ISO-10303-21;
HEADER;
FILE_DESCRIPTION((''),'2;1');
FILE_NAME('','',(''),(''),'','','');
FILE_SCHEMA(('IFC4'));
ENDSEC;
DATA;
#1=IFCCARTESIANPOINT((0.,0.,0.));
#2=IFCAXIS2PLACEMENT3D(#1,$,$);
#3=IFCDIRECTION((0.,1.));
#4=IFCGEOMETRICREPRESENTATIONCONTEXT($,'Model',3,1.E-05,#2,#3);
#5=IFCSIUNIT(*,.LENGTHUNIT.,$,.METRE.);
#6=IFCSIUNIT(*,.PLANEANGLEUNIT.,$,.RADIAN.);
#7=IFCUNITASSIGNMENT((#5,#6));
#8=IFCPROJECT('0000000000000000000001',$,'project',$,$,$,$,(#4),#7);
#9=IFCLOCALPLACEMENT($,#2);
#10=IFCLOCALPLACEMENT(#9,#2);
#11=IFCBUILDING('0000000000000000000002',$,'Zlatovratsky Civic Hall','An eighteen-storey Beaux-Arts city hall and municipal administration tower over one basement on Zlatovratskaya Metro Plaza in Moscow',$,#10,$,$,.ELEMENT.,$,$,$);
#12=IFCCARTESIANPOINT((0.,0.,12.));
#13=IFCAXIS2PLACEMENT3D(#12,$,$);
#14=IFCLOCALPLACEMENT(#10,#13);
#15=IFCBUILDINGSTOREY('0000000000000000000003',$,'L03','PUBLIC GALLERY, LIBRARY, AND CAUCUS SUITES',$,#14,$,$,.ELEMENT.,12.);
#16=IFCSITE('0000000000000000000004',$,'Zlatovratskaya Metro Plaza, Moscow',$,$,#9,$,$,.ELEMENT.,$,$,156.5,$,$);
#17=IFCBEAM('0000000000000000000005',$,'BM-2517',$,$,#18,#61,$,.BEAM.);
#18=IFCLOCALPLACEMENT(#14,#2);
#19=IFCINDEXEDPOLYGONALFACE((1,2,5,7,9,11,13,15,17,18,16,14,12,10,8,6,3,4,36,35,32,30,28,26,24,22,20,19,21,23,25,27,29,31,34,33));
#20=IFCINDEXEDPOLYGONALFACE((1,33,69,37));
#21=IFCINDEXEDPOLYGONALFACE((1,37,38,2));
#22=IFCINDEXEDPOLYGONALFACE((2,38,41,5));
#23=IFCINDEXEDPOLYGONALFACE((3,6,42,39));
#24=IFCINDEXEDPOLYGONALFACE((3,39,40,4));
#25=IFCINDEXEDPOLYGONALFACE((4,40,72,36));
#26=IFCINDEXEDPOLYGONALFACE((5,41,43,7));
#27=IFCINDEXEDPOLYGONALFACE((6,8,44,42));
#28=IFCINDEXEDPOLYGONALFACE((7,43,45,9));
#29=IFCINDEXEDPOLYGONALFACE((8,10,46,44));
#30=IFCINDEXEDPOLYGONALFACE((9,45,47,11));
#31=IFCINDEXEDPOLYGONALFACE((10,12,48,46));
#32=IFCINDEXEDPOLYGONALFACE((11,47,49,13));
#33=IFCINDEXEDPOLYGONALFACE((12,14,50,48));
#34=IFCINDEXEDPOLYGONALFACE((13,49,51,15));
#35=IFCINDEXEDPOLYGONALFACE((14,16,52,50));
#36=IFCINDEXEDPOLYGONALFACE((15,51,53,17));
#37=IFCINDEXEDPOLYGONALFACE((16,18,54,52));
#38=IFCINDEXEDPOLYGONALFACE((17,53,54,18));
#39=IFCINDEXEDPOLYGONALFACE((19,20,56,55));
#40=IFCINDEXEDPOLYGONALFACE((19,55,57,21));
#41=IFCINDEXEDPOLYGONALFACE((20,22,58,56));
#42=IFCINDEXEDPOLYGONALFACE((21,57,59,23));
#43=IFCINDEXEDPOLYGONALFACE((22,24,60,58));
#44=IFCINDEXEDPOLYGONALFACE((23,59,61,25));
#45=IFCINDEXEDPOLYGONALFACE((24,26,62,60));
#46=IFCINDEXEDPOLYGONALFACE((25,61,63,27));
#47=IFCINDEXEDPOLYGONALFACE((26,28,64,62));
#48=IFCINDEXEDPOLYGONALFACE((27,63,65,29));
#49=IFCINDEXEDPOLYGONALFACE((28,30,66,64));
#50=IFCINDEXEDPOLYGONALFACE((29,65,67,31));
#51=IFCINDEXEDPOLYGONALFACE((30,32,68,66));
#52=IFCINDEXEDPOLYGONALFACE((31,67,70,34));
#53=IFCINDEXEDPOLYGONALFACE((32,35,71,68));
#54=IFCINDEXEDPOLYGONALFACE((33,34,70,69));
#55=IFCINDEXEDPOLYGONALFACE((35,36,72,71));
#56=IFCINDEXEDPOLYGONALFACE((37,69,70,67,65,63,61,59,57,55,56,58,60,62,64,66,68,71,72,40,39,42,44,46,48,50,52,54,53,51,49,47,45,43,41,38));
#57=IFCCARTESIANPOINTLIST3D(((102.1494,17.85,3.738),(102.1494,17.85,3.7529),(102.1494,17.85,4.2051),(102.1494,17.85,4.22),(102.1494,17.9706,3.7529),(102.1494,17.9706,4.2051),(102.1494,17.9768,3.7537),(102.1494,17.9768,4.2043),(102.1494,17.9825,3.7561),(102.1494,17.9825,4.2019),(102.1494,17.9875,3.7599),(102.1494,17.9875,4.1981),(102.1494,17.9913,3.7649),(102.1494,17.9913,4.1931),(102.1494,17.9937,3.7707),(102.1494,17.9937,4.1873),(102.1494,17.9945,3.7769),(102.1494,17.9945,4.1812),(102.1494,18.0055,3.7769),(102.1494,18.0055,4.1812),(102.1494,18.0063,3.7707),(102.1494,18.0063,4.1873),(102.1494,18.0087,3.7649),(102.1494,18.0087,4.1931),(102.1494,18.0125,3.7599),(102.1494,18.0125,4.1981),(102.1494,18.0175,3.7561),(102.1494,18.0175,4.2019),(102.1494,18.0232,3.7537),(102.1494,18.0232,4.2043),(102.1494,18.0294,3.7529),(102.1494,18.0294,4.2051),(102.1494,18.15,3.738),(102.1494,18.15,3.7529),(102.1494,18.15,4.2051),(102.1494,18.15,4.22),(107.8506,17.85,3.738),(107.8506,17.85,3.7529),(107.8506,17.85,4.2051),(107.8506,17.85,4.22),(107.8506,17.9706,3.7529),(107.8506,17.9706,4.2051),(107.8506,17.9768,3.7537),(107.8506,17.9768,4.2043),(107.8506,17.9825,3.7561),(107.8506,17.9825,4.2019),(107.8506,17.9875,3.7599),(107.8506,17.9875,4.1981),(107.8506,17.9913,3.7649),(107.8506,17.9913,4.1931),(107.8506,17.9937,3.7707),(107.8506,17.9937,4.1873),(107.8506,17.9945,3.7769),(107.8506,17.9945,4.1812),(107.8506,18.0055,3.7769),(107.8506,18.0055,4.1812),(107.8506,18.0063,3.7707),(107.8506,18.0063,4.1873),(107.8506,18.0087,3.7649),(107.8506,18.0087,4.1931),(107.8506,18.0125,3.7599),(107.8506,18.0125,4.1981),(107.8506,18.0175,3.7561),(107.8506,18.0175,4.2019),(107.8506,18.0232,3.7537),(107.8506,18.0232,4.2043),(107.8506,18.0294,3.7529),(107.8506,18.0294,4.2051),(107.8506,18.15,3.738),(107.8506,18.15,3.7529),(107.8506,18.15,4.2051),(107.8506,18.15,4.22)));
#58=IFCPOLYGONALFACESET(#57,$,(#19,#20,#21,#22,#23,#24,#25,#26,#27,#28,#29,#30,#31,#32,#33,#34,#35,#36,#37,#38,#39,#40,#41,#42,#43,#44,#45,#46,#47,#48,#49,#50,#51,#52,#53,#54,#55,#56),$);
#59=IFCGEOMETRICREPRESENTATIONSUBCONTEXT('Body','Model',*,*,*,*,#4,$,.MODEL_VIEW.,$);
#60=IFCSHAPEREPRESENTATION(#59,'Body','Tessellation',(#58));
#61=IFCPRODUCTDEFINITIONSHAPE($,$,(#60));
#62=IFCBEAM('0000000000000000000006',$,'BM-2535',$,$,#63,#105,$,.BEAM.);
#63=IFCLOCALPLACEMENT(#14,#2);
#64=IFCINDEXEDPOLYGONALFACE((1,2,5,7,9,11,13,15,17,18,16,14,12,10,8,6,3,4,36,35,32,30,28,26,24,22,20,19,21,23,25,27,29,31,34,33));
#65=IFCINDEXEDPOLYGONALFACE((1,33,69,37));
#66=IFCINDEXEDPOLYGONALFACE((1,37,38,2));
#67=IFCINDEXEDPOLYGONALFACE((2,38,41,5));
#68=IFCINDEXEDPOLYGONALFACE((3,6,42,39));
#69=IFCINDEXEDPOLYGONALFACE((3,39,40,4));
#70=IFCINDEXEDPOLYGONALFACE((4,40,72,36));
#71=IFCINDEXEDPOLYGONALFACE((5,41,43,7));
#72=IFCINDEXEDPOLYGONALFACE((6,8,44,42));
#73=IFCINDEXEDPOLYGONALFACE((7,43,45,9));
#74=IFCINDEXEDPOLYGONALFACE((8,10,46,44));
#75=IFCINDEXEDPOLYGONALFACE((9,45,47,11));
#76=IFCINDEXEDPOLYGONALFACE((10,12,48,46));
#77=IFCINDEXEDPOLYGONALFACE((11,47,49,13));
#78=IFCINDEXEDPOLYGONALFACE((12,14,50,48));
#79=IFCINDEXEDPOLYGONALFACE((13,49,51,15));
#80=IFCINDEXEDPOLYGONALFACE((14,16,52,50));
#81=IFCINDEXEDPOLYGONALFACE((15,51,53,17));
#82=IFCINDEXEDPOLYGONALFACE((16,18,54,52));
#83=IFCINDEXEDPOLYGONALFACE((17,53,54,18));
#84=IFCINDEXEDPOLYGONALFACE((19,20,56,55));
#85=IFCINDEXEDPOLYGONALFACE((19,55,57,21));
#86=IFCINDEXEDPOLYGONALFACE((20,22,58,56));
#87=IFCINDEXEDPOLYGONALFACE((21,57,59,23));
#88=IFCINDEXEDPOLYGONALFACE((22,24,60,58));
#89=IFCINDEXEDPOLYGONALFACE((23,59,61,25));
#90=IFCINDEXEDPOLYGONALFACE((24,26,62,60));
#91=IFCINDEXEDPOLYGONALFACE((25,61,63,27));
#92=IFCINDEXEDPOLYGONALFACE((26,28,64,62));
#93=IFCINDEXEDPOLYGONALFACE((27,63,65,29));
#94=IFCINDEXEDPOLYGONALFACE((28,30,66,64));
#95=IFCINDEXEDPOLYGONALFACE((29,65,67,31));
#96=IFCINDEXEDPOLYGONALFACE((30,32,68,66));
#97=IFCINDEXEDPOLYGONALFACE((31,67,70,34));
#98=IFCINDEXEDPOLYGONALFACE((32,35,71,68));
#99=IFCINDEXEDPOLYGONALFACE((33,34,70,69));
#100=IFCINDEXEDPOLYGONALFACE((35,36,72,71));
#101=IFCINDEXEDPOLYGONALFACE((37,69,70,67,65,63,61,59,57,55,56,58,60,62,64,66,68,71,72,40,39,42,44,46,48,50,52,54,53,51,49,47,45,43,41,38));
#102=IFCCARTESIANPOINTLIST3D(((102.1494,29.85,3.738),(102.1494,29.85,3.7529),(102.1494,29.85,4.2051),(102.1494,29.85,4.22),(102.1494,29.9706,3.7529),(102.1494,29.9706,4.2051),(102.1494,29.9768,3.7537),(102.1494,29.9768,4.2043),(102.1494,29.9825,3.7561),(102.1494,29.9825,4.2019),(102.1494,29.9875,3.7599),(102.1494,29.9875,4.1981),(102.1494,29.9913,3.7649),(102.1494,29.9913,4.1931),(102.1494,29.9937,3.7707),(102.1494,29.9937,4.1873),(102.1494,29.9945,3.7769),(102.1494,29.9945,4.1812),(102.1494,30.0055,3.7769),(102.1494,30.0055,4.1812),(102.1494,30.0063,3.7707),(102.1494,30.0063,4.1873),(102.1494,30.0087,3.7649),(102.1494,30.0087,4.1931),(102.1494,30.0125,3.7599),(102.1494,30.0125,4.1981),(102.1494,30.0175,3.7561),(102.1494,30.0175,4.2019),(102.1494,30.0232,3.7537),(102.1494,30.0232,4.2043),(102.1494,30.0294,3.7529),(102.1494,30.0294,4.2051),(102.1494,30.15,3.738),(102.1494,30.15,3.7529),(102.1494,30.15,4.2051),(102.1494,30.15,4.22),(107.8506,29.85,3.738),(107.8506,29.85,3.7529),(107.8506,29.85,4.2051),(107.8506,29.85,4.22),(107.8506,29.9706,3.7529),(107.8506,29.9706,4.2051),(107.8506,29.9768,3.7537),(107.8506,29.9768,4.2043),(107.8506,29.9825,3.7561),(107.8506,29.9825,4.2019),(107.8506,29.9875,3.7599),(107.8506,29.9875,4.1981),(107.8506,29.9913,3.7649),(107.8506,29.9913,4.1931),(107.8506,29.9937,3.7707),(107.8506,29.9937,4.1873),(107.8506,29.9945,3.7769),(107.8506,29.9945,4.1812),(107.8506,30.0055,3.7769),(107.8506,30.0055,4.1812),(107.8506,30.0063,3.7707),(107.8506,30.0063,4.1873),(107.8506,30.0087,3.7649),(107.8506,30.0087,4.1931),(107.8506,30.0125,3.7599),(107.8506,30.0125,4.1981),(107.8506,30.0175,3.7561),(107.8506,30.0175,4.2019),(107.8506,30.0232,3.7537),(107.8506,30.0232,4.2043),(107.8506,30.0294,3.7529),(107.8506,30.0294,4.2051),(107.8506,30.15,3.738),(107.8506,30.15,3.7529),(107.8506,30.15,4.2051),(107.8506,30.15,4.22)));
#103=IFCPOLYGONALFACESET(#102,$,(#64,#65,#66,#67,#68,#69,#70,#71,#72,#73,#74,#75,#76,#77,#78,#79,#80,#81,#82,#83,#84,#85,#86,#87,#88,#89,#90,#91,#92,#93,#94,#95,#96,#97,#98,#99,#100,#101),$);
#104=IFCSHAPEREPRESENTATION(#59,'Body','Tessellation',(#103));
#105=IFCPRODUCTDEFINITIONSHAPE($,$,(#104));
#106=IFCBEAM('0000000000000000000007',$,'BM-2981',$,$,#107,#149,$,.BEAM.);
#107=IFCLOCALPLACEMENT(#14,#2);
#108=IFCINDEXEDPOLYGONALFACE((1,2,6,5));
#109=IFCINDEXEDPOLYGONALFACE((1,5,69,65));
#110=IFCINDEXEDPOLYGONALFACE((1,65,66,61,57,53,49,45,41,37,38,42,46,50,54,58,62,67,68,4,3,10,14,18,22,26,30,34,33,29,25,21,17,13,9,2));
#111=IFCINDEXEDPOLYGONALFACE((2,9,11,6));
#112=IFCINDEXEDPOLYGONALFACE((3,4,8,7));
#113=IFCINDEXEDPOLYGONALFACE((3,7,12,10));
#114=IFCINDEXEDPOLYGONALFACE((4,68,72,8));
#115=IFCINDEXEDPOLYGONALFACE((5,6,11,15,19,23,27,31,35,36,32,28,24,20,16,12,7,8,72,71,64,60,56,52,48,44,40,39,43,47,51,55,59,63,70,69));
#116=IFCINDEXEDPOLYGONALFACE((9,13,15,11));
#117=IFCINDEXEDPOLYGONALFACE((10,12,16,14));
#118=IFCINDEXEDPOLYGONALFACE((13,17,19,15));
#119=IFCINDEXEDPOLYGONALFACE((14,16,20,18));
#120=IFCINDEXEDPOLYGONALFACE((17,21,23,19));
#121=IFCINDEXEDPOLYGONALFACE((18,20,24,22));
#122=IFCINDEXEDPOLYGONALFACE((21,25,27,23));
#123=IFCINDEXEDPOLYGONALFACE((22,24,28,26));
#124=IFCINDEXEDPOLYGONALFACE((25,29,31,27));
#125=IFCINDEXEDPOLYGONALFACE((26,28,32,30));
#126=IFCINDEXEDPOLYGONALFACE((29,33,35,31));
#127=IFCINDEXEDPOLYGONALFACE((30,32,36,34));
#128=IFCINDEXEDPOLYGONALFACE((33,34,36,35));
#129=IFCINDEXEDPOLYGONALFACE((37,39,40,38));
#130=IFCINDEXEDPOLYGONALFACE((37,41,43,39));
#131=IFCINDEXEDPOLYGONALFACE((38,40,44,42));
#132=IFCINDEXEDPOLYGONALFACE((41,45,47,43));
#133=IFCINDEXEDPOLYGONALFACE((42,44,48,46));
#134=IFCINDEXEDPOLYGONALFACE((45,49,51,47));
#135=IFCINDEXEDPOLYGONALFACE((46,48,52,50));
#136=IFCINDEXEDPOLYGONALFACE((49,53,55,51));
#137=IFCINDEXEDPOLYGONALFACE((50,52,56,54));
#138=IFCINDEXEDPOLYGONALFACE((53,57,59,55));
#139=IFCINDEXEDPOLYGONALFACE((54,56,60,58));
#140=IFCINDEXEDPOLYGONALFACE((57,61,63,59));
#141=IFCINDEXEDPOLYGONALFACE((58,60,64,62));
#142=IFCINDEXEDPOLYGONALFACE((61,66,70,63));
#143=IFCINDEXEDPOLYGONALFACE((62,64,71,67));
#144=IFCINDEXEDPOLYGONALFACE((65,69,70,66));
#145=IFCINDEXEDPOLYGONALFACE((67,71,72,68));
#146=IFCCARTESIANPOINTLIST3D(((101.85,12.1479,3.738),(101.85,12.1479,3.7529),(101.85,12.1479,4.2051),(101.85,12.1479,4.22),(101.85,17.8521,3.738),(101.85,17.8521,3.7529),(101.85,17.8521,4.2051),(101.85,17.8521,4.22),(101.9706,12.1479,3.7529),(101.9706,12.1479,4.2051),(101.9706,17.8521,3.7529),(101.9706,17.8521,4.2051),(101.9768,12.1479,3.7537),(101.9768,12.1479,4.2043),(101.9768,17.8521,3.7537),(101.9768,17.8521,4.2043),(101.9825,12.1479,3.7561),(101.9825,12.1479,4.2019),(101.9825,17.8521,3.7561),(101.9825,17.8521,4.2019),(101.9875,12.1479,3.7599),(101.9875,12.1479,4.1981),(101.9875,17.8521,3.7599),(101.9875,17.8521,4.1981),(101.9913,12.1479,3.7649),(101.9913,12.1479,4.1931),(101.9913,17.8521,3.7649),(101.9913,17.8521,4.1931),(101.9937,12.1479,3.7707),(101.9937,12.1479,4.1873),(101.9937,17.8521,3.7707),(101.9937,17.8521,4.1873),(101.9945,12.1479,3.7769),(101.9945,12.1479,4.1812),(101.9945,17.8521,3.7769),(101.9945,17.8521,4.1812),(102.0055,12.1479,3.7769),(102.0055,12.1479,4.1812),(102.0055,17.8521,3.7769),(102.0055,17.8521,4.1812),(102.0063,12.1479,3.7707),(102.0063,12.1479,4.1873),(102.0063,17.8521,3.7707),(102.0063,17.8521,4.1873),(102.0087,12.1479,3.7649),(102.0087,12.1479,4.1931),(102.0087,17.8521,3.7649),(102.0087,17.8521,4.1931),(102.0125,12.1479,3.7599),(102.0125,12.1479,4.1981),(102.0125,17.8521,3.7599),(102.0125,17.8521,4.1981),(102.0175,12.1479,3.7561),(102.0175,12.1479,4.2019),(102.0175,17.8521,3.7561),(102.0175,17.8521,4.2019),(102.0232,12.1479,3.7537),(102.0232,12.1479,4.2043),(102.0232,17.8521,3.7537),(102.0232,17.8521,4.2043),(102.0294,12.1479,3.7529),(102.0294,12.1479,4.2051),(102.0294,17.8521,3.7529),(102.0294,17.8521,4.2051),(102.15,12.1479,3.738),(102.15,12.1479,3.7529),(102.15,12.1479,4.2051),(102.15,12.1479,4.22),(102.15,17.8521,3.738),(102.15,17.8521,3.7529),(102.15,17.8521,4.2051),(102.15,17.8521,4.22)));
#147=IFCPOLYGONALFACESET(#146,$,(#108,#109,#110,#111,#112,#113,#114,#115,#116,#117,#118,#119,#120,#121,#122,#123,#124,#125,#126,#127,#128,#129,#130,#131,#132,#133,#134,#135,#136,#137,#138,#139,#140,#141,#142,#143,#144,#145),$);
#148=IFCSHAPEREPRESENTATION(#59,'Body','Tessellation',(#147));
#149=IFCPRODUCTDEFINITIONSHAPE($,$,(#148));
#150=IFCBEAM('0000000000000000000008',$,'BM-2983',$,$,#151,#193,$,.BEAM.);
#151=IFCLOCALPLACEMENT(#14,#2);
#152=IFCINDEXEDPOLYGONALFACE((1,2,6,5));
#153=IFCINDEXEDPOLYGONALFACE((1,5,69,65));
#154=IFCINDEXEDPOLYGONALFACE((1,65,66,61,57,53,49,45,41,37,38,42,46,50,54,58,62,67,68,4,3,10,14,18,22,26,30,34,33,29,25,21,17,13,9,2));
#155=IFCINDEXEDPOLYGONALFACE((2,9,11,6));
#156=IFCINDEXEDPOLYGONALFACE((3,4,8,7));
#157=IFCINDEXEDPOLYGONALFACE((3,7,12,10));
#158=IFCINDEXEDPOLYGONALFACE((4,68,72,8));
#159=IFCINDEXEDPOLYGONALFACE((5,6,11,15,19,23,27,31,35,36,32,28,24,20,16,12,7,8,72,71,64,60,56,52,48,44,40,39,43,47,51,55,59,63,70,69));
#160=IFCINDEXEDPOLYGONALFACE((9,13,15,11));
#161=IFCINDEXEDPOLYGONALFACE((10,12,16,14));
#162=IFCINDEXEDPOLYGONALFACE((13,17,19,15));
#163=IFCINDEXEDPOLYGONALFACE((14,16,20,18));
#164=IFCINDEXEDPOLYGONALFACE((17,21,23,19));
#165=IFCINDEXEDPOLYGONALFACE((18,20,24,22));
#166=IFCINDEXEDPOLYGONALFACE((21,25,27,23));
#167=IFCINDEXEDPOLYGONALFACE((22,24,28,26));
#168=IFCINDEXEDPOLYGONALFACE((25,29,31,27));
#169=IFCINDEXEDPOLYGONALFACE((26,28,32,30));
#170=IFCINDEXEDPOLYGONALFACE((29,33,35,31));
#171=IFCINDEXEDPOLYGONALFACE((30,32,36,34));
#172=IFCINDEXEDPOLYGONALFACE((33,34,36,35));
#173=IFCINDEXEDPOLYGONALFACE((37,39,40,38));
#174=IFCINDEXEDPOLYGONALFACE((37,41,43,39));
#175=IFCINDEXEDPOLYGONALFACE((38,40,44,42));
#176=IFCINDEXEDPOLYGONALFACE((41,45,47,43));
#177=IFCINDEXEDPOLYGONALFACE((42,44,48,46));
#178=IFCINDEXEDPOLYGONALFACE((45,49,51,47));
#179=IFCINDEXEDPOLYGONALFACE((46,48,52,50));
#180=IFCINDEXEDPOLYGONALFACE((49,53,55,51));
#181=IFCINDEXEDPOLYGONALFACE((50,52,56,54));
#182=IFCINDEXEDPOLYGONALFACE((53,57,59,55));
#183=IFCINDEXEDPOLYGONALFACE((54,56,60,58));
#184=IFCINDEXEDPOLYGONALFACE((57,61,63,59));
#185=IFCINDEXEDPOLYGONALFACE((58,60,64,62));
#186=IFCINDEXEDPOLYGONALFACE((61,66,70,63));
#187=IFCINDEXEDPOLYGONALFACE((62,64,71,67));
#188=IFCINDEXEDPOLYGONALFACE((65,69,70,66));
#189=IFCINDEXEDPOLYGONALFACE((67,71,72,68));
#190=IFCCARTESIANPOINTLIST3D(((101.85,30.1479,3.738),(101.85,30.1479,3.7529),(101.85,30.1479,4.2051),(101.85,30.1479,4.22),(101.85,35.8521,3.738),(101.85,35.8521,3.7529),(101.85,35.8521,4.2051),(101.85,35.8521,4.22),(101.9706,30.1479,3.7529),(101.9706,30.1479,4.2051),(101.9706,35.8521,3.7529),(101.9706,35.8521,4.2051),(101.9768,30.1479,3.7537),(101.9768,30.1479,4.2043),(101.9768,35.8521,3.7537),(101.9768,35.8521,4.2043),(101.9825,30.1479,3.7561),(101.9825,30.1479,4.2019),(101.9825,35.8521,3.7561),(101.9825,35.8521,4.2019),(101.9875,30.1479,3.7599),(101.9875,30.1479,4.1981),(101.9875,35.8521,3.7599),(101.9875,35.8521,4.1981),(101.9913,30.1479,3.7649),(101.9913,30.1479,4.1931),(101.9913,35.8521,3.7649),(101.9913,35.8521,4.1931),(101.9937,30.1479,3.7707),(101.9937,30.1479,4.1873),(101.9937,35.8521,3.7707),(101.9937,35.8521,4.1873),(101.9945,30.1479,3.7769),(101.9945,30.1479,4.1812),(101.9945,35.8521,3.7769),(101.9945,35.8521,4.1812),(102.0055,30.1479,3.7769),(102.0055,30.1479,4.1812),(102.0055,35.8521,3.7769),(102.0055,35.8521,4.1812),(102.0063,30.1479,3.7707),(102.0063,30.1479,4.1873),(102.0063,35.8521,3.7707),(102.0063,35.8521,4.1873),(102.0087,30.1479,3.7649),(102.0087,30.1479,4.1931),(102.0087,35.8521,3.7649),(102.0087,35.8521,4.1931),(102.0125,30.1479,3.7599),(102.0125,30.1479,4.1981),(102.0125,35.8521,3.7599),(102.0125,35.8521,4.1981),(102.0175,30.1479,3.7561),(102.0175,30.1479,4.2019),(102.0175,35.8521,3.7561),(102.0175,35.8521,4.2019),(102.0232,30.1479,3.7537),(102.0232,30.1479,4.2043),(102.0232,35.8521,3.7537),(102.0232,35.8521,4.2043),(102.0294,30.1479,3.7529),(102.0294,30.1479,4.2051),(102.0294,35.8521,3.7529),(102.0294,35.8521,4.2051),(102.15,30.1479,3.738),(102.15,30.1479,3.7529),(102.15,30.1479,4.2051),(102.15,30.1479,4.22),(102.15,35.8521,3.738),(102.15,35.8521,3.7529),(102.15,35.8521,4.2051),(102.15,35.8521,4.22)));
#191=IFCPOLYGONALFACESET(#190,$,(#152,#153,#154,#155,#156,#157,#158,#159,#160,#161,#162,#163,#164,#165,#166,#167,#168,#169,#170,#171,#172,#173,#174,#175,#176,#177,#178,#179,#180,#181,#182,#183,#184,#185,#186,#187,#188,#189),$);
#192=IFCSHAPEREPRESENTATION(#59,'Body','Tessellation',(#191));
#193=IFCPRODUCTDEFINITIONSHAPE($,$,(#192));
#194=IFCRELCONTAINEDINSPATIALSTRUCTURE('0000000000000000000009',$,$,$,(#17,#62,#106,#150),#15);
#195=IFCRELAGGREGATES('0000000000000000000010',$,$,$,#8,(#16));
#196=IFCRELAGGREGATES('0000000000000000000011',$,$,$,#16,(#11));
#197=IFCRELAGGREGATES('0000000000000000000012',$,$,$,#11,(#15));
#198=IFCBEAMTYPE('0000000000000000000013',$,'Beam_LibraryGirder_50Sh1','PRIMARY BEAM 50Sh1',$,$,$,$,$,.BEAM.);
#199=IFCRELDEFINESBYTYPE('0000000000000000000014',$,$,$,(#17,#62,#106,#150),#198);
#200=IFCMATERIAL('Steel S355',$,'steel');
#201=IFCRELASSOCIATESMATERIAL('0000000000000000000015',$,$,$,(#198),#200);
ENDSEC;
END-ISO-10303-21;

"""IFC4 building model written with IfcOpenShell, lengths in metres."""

from ifc_helpers import new_model, si_unit, direction, frame, origin, origin_2d, place, context, subcontext, project, spatial, i_section, extrude, material, material_profile, profile_set, type_object, element, save


model = new_model("IFC4")

# Units and contexts
model_context = context("Model", 3, precision=1e-05, world=origin(), true_north=direction((0.0, 1.0)))
body_context = subcontext(model_context, "Body", "Model", "MODEL_VIEW")
ifc_project = project(units=[si_unit("LENGTHUNIT", "METRE"), si_unit("PLANEANGLEUNIT", "RADIAN")], contexts=[model_context])

# Site, building, storey
site_placement = place(None, origin())
site = spatial("IfcSite", under=ifc_project, at=site_placement, Name="Zlatovratskaya Metro Plaza, Moscow", CompositionType="ELEMENT", RefElevation=156.5)
building_placement = place(site_placement, origin())
building = spatial("IfcBuilding", under=site, at=building_placement, Name="Zlatovratsky Civic Hall", Description="An eighteen-storey Beaux-Arts city hall and municipal administration tower over one basement on Zlatovratskaya Metro Plaza in Moscow", CompositionType="ELEMENT")
storey_placement = place(building_placement, frame((0.0, 0.0, 12.0)))
storey = spatial("IfcBuildingStorey", under=building, at=storey_placement, Name="L03", Description="PUBLIC GALLERY, LIBRARY, AND CAUCUS SUITES", CompositionType="ELEMENT", Elevation=12.0)

# Shared definitions
ifc_material_1 = material(Name="Steel S355", Category="steel")

# Beams
ifc_material_profile_1 = material_profile(ifc_material_1, i_section(OverallWidth=0.3, OverallDepth=0.4819, WebThickness=0.011, FlangeThickness=0.0149, FilletRadius=0.0239, at=origin_2d()), Name="50Sh1")
ifc_profile_set_1 = profile_set([ifc_material_profile_1], Name="Steel S355")
beam_type_1 = type_object("IfcBeamType", Name="Beam_LibraryGirder_50Sh1", Description="PRIMARY BEAM 50Sh1", PredefinedType="BEAM", material=ifc_profile_set_1)
for number, where, z_axis, x_axis, name in (
    (1, (102.1494, 18.0, 3.979), (1.0, 0.0, 0.0), (0.0, 1.0, 0.0), "BM-2517"),
    (2, (102.1494, 30.0, 3.979), (1.0, 0.0, 0.0), (0.0, 1.0, 0.0), "BM-2535"),
):
    element("IfcBeam", number, at=place(storey_placement, frame(where, z_axis=z_axis, x_axis=x_axis)), inside=storey, type_object=beam_type_1, Name=name, PredefinedType="BEAM", context=body_context, shape_type="SweptSolid", body=[
        extrude(i_section(OverallWidth=0.3, OverallDepth=0.4819, WebThickness=0.011, FlangeThickness=0.0149, FilletRadius=0.0239, at=origin_2d()), origin(), (0.0, 0.0, 1.0), 5.7012),
    ])
for number, where, z_axis, x_axis, name in (
    (3, (102.0, 12.1479, 3.979), (0.0, 1.0, 0.0), (-1.0, 0.0, 0.0), "BM-2981"),
    (4, (102.0, 30.1479, 3.979), (0.0, 1.0, 0.0), (-1.0, 0.0, 0.0), "BM-2983"),
):
    element("IfcBeam", number, at=place(storey_placement, frame(where, z_axis=z_axis, x_axis=x_axis)), inside=storey, type_object=beam_type_1, Name=name, PredefinedType="BEAM", context=body_context, shape_type="SweptSolid", body=[
        extrude(i_section(OverallWidth=0.3, OverallDepth=0.4819, WebThickness=0.011, FlangeThickness=0.0149, FilletRadius=0.0239, at=origin_2d()), origin(), (0.0, 0.0, 1.0), 5.7041),
    ])

save(model, "model.ifc")
